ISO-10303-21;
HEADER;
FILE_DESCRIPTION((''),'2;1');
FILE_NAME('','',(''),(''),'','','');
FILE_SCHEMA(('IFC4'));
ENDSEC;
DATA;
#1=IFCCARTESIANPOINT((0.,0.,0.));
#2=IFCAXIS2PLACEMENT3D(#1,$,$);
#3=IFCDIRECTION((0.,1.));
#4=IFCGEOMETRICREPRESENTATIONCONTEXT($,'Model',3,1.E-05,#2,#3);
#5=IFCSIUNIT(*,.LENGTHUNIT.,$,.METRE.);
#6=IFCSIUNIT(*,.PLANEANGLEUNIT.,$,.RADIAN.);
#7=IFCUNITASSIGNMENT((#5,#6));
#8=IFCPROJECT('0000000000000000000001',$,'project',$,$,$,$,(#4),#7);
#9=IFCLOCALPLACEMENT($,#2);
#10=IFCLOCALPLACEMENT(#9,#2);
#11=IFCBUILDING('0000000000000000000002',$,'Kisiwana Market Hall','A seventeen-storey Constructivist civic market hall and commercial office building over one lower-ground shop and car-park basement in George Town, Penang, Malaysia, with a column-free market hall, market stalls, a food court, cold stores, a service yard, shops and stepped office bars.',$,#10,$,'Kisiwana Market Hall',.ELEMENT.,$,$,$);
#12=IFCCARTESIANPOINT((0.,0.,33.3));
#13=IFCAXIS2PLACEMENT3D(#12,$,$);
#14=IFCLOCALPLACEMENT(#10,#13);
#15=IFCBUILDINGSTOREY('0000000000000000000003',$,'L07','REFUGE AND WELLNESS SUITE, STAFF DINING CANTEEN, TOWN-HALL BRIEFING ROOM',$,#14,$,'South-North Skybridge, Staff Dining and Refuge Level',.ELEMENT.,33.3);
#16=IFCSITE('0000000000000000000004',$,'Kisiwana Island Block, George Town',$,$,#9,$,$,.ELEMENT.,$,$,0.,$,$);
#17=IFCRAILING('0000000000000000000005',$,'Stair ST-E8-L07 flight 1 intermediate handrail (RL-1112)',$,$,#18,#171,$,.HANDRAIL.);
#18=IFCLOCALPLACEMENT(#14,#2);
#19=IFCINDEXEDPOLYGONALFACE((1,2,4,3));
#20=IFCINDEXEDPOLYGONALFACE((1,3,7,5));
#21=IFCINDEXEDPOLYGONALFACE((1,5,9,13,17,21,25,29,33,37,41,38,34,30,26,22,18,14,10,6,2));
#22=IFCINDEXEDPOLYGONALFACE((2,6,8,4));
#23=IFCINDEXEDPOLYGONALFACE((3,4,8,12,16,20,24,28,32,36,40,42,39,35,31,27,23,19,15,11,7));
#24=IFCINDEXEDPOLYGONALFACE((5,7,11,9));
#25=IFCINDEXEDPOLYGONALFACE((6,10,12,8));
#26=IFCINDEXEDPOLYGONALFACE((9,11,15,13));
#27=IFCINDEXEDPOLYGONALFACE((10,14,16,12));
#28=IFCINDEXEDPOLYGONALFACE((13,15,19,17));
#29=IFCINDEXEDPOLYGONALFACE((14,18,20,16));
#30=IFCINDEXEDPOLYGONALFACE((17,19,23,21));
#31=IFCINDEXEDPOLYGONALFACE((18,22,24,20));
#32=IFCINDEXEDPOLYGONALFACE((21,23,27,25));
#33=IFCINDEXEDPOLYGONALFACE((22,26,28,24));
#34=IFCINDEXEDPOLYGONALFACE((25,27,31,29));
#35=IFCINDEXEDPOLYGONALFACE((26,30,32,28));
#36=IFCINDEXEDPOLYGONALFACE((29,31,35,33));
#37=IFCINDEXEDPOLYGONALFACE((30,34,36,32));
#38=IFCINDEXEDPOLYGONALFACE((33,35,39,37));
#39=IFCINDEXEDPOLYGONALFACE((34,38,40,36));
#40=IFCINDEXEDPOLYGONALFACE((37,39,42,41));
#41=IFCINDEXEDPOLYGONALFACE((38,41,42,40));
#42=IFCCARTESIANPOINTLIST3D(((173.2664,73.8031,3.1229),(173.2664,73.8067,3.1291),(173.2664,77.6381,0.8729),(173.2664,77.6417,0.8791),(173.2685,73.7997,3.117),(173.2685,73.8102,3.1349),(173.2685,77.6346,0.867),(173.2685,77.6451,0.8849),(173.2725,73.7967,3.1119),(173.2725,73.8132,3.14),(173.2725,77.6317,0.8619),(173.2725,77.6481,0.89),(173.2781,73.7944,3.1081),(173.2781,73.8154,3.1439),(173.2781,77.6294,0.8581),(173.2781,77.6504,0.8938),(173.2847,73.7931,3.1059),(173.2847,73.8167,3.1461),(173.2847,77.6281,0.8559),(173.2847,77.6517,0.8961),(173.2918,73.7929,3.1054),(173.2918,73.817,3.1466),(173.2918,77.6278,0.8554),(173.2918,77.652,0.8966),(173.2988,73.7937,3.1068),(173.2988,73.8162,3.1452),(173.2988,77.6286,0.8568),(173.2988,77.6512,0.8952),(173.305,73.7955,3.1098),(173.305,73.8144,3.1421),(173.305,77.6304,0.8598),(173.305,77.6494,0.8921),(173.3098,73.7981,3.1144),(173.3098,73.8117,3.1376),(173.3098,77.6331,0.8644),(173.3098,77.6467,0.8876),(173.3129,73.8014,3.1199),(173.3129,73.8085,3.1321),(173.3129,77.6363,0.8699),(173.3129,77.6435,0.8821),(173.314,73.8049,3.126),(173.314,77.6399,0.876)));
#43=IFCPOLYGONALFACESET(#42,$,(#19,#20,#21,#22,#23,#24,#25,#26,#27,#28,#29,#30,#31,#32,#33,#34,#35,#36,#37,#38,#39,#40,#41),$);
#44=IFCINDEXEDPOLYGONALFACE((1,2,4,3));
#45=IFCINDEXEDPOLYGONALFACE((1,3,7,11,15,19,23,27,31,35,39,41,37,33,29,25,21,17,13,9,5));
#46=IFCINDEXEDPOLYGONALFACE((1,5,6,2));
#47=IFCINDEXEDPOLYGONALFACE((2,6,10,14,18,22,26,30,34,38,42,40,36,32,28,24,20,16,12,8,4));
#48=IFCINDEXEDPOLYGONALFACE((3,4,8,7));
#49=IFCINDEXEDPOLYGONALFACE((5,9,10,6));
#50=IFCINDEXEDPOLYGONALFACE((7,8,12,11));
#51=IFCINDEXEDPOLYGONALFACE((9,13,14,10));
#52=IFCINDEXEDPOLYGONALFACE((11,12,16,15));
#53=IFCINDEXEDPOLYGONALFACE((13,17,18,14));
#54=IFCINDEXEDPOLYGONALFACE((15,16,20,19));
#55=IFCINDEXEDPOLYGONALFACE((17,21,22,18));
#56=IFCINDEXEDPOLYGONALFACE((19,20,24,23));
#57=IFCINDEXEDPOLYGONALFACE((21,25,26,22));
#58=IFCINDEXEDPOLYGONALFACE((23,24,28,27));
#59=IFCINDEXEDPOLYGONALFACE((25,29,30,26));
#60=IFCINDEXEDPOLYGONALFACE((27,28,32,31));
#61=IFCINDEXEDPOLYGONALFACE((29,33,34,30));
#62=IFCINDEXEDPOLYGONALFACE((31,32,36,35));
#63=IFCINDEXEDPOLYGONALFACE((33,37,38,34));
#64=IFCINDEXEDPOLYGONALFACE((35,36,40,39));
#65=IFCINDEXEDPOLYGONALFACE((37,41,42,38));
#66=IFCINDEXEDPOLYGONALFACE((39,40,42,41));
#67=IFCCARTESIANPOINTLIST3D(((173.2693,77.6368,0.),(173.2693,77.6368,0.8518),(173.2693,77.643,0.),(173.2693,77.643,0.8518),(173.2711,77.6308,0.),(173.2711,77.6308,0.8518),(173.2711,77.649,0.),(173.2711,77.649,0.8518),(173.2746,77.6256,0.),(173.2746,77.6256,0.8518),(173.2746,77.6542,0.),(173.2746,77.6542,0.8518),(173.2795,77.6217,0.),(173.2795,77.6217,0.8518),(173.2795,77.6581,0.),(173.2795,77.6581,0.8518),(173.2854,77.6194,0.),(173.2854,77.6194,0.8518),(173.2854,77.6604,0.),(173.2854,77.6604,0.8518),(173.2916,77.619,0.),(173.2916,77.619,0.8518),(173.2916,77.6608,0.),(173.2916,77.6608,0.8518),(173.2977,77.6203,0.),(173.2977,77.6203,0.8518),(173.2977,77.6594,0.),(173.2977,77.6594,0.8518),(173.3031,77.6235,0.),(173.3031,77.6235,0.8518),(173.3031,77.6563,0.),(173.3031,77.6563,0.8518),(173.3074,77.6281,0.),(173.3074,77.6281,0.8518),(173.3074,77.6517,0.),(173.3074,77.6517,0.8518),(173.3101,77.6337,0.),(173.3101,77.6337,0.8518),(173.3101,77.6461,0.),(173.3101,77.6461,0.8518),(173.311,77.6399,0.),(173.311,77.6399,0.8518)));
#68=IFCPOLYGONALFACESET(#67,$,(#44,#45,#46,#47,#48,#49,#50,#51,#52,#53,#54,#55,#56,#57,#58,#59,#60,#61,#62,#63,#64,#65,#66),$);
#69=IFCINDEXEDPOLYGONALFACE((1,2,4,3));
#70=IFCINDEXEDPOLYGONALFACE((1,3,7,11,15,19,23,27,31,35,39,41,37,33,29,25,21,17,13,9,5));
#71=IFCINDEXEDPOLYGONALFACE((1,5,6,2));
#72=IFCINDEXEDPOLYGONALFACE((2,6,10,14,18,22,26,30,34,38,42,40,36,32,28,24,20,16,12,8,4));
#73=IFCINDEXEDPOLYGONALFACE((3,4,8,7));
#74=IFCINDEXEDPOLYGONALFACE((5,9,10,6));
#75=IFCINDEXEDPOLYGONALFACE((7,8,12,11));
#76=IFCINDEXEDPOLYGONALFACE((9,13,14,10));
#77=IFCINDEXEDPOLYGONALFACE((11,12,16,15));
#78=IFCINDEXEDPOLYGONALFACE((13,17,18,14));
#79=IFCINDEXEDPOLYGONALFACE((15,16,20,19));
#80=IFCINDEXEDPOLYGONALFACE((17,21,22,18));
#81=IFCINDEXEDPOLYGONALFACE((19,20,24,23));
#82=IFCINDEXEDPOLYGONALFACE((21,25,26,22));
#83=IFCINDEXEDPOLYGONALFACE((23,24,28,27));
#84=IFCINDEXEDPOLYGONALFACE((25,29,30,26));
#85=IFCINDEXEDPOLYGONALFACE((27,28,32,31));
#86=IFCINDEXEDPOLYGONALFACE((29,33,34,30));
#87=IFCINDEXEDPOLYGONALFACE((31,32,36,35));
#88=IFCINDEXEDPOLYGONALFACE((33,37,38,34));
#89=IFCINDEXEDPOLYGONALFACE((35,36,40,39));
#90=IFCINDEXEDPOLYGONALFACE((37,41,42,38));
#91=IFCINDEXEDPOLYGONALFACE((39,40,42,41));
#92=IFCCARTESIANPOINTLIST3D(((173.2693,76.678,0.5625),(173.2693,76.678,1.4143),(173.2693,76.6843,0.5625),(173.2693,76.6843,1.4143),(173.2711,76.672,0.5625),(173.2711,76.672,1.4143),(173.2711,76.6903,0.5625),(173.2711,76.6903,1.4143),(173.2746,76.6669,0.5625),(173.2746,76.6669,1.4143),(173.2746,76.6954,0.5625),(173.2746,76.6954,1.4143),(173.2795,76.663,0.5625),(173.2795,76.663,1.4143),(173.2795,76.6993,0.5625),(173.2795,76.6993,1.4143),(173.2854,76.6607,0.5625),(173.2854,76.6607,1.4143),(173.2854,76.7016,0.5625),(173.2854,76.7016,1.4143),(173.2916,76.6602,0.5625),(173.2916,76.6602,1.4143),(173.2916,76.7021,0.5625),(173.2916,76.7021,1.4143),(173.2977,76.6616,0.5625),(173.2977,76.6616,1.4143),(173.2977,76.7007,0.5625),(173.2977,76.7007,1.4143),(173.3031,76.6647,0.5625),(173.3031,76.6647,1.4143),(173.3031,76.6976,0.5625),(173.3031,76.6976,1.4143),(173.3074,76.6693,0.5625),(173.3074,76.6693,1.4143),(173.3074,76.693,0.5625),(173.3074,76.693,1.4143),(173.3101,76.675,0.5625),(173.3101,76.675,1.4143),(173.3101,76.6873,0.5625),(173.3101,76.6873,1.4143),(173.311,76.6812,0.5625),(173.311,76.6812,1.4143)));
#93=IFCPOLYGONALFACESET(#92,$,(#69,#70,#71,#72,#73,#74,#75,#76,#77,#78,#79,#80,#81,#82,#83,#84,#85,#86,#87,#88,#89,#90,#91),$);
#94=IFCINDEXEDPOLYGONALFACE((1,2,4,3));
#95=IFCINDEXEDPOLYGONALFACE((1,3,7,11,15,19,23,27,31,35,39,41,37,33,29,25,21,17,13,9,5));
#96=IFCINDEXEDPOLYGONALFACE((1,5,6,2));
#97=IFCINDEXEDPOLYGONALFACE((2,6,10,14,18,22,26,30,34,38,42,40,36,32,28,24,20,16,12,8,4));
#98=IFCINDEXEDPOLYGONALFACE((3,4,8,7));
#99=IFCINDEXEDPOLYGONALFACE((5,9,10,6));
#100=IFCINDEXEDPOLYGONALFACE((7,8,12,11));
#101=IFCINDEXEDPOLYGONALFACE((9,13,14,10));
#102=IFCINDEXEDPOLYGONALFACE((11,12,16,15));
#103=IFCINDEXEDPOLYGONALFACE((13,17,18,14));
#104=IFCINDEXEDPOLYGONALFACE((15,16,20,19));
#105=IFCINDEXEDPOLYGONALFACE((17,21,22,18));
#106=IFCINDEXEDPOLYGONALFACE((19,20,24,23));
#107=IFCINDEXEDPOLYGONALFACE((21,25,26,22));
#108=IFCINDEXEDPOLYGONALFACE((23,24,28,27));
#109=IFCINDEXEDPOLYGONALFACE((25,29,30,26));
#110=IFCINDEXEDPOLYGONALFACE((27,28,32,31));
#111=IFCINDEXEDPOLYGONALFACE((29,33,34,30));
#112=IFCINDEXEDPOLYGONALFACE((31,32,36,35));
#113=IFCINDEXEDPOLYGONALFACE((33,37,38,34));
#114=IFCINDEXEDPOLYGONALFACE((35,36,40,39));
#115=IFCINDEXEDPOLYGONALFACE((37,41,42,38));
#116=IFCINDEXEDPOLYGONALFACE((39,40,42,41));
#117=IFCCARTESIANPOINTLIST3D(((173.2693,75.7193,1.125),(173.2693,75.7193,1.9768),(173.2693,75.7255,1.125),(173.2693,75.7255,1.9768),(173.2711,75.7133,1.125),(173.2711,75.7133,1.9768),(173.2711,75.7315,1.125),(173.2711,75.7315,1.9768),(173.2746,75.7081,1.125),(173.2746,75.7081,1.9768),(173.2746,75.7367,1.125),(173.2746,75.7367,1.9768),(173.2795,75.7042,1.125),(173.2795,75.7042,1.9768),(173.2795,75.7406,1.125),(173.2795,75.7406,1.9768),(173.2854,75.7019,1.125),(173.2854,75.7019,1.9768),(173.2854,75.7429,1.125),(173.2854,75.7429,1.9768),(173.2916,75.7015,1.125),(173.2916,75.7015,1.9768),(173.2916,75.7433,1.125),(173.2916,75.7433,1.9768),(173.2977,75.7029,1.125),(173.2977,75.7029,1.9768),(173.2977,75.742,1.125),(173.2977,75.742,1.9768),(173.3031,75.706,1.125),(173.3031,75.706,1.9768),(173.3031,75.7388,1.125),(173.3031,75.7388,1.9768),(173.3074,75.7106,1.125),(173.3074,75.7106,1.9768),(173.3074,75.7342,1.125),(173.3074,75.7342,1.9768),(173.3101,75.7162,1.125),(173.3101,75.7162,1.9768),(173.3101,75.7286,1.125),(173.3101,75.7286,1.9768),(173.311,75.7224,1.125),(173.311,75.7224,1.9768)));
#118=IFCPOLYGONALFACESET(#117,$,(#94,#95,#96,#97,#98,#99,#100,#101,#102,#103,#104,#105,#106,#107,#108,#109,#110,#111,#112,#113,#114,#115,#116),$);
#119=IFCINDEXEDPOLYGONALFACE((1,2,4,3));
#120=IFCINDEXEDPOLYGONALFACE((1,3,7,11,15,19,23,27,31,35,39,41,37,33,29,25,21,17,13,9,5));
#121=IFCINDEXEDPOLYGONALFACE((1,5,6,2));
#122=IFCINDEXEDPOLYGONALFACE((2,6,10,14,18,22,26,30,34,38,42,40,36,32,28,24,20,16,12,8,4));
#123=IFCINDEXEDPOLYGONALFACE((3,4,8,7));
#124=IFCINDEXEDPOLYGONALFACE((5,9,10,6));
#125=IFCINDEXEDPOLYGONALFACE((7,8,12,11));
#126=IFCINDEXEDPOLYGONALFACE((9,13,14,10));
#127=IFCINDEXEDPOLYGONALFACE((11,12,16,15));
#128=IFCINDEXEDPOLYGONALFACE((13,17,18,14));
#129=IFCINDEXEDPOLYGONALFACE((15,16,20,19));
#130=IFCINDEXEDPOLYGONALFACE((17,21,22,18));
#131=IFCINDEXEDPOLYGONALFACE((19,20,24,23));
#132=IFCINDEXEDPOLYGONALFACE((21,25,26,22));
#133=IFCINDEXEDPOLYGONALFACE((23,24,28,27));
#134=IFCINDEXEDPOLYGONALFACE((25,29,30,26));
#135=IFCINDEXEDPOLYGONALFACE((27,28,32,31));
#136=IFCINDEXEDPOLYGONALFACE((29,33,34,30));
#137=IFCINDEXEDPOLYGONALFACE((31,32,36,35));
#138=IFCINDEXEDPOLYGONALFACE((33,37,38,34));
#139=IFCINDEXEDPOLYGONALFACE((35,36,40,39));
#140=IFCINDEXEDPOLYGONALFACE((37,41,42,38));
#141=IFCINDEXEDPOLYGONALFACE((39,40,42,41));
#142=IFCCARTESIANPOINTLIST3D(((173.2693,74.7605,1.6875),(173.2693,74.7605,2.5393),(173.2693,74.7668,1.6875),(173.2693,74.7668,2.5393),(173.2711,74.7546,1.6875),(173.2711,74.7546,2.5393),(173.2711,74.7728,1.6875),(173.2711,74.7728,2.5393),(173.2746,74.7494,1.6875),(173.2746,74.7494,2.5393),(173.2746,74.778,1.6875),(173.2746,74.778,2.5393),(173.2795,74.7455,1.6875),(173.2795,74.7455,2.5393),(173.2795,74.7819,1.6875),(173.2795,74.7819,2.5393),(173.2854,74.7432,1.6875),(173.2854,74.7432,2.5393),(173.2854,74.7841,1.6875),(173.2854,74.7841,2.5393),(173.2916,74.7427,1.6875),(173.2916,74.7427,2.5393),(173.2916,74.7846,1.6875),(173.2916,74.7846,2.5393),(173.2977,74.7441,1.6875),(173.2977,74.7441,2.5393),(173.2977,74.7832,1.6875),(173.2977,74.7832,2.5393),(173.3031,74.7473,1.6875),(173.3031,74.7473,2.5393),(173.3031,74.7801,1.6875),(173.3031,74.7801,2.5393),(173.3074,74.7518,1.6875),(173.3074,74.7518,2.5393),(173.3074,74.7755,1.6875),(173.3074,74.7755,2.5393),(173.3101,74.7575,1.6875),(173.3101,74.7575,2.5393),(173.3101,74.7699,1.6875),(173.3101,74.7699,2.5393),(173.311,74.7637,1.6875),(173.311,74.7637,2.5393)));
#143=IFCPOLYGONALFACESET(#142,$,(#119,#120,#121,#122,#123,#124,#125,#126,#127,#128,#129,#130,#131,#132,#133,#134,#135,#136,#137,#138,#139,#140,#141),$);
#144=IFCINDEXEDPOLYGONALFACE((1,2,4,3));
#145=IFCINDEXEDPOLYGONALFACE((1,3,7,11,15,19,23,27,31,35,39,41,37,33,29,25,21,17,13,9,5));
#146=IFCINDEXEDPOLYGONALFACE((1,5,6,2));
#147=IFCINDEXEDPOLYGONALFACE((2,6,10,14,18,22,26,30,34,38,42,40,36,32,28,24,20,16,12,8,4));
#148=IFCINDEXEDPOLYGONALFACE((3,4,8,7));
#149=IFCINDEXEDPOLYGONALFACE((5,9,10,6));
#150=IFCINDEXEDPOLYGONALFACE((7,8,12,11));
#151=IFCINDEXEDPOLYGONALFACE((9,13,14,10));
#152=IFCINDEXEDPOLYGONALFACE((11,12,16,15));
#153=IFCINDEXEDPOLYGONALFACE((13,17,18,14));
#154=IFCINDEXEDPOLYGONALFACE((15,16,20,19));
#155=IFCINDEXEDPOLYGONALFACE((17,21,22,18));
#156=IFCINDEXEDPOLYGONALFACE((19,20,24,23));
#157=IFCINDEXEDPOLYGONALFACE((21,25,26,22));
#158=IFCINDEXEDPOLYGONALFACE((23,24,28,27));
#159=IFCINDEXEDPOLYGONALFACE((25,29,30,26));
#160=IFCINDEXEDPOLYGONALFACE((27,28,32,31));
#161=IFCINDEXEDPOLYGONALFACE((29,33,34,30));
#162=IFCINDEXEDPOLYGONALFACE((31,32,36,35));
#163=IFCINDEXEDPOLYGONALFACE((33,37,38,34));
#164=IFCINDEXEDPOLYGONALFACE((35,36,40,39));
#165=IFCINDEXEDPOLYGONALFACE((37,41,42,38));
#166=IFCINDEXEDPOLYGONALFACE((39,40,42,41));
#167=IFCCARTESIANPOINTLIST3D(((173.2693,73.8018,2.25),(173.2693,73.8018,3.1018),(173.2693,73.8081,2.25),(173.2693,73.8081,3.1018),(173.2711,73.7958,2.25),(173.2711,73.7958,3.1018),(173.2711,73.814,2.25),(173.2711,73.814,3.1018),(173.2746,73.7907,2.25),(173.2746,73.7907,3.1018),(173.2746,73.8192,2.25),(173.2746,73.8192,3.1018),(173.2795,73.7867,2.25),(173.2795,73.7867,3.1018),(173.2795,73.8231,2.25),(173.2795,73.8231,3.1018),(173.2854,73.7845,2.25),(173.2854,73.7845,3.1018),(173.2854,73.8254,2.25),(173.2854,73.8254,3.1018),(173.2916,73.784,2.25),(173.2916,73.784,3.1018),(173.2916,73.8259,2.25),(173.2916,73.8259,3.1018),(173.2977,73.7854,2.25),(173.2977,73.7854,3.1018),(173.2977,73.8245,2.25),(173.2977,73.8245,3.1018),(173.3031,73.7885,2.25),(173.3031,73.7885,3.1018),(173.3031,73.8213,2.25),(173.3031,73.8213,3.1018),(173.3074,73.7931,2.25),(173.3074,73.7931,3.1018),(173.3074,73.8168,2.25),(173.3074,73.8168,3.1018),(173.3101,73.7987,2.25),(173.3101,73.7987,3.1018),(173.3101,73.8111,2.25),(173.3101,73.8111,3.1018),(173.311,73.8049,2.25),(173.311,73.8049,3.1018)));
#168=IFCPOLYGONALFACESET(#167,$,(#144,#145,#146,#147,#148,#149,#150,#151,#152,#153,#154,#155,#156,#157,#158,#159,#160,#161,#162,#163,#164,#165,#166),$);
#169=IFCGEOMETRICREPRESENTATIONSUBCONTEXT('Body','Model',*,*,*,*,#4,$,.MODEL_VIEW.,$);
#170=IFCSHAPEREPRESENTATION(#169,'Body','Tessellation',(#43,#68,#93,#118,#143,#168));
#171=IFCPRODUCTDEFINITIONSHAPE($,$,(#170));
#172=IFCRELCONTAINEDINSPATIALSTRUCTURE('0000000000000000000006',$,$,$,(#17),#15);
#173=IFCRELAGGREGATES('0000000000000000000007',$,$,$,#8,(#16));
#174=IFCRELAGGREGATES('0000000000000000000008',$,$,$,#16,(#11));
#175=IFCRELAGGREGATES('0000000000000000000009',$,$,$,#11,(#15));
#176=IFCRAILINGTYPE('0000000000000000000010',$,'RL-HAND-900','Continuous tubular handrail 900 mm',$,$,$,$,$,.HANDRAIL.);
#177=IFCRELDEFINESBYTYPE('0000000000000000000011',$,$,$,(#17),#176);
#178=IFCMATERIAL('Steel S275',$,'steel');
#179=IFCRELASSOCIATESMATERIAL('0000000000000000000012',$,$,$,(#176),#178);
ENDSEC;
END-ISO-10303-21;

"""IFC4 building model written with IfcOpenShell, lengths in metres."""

from ifc_helpers import new_model, si_unit, direction, frame, origin, origin_2d, place, context, subcontext, project, spatial, circle, extrude, material, type_object, element, save


model = new_model("IFC4")

# Units and contexts
model_context = context("Model", 3, precision=1e-05, world=origin(), true_north=direction((0.0, 1.0)))
body_context = subcontext(model_context, "Body", "Model", "MODEL_VIEW")
ifc_project = project(units=[si_unit("LENGTHUNIT", "METRE"), si_unit("PLANEANGLEUNIT", "RADIAN")], contexts=[model_context])

# Site, building, storey
site_placement = place(None, origin())
site = spatial("IfcSite", under=ifc_project, at=site_placement, Name="Kisiwana Island Block, George Town", CompositionType="ELEMENT", RefElevation=0.0)
building_placement = place(site_placement, origin())
building = spatial("IfcBuilding", under=site, at=building_placement, Name="Kisiwana Market Hall", Description="A seventeen-storey Constructivist civic market hall and commercial office building over one lower-ground shop and car-park basement in George Town, Penang, Malaysia, with a column-free market hall, market stalls, a food court, cold stores, a service yard, shops and stepped office bars.", LongName="Kisiwana Market Hall", CompositionType="ELEMENT")
storey_placement = place(building_placement, frame((0.0, 0.0, 33.3)))
storey = spatial("IfcBuildingStorey", under=building, at=storey_placement, Name="L07", Description="REFUGE AND WELLNESS SUITE, STAFF DINING CANTEEN, TOWN-HALL BRIEFING ROOM", LongName="South-North Skybridge, Staff Dining and Refuge Level", CompositionType="ELEMENT", Elevation=33.3)

# Railing
ifc_material_1 = material(Name="Steel S275", Category="steel")
railing_type_1 = type_object("IfcRailingType", Name="RL-HAND-900", Description="Continuous tubular handrail 900 mm", PredefinedType="HANDRAIL", material=ifc_material_1)
railing_1_placement = place(storey_placement, frame((173.29, 77.6399, 0.0)))
element("IfcRailing", 1, at=railing_1_placement, inside=storey, type_object=railing_type_1, Name="Stair ST-E8-L07 flight 1 intermediate handrail (RL-1112)", PredefinedType="HANDRAIL", context=body_context, shape_type="SweptSolid", body=[
    extrude(circle(Radius=0.0239, at=origin_2d()), frame((0.0, 0.0, 0.876), z_axis=(0.0, -0.86251, 0.506041), x_axis=(1.0, 0.0, 0.0)), (0.0, 0.0, 1.0), 4.4463),
    extrude(circle(Radius=0.021, at=origin_2d()), origin(), (0.0, 0.0, 1.0), 0.8518),
    extrude(circle(Radius=0.021, at=origin_2d()), frame((0.0, -0.9587, 0.5625)), (0.0, 0.0, 1.0), 0.8518),
    extrude(circle(Radius=0.021, at=origin_2d()), frame((0.0, -1.9175, 1.125)), (0.0, 0.0, 1.0), 0.8518),
    extrude(circle(Radius=0.021, at=origin_2d()), frame((0.0, -2.8762, 1.6875)), (0.0, 0.0, 1.0), 0.8518),
    extrude(circle(Radius=0.021, at=origin_2d()), frame((0.0, -3.835, 2.25)), (0.0, 0.0, 1.0), 0.8518),
])

save(model, "model.ifc")
